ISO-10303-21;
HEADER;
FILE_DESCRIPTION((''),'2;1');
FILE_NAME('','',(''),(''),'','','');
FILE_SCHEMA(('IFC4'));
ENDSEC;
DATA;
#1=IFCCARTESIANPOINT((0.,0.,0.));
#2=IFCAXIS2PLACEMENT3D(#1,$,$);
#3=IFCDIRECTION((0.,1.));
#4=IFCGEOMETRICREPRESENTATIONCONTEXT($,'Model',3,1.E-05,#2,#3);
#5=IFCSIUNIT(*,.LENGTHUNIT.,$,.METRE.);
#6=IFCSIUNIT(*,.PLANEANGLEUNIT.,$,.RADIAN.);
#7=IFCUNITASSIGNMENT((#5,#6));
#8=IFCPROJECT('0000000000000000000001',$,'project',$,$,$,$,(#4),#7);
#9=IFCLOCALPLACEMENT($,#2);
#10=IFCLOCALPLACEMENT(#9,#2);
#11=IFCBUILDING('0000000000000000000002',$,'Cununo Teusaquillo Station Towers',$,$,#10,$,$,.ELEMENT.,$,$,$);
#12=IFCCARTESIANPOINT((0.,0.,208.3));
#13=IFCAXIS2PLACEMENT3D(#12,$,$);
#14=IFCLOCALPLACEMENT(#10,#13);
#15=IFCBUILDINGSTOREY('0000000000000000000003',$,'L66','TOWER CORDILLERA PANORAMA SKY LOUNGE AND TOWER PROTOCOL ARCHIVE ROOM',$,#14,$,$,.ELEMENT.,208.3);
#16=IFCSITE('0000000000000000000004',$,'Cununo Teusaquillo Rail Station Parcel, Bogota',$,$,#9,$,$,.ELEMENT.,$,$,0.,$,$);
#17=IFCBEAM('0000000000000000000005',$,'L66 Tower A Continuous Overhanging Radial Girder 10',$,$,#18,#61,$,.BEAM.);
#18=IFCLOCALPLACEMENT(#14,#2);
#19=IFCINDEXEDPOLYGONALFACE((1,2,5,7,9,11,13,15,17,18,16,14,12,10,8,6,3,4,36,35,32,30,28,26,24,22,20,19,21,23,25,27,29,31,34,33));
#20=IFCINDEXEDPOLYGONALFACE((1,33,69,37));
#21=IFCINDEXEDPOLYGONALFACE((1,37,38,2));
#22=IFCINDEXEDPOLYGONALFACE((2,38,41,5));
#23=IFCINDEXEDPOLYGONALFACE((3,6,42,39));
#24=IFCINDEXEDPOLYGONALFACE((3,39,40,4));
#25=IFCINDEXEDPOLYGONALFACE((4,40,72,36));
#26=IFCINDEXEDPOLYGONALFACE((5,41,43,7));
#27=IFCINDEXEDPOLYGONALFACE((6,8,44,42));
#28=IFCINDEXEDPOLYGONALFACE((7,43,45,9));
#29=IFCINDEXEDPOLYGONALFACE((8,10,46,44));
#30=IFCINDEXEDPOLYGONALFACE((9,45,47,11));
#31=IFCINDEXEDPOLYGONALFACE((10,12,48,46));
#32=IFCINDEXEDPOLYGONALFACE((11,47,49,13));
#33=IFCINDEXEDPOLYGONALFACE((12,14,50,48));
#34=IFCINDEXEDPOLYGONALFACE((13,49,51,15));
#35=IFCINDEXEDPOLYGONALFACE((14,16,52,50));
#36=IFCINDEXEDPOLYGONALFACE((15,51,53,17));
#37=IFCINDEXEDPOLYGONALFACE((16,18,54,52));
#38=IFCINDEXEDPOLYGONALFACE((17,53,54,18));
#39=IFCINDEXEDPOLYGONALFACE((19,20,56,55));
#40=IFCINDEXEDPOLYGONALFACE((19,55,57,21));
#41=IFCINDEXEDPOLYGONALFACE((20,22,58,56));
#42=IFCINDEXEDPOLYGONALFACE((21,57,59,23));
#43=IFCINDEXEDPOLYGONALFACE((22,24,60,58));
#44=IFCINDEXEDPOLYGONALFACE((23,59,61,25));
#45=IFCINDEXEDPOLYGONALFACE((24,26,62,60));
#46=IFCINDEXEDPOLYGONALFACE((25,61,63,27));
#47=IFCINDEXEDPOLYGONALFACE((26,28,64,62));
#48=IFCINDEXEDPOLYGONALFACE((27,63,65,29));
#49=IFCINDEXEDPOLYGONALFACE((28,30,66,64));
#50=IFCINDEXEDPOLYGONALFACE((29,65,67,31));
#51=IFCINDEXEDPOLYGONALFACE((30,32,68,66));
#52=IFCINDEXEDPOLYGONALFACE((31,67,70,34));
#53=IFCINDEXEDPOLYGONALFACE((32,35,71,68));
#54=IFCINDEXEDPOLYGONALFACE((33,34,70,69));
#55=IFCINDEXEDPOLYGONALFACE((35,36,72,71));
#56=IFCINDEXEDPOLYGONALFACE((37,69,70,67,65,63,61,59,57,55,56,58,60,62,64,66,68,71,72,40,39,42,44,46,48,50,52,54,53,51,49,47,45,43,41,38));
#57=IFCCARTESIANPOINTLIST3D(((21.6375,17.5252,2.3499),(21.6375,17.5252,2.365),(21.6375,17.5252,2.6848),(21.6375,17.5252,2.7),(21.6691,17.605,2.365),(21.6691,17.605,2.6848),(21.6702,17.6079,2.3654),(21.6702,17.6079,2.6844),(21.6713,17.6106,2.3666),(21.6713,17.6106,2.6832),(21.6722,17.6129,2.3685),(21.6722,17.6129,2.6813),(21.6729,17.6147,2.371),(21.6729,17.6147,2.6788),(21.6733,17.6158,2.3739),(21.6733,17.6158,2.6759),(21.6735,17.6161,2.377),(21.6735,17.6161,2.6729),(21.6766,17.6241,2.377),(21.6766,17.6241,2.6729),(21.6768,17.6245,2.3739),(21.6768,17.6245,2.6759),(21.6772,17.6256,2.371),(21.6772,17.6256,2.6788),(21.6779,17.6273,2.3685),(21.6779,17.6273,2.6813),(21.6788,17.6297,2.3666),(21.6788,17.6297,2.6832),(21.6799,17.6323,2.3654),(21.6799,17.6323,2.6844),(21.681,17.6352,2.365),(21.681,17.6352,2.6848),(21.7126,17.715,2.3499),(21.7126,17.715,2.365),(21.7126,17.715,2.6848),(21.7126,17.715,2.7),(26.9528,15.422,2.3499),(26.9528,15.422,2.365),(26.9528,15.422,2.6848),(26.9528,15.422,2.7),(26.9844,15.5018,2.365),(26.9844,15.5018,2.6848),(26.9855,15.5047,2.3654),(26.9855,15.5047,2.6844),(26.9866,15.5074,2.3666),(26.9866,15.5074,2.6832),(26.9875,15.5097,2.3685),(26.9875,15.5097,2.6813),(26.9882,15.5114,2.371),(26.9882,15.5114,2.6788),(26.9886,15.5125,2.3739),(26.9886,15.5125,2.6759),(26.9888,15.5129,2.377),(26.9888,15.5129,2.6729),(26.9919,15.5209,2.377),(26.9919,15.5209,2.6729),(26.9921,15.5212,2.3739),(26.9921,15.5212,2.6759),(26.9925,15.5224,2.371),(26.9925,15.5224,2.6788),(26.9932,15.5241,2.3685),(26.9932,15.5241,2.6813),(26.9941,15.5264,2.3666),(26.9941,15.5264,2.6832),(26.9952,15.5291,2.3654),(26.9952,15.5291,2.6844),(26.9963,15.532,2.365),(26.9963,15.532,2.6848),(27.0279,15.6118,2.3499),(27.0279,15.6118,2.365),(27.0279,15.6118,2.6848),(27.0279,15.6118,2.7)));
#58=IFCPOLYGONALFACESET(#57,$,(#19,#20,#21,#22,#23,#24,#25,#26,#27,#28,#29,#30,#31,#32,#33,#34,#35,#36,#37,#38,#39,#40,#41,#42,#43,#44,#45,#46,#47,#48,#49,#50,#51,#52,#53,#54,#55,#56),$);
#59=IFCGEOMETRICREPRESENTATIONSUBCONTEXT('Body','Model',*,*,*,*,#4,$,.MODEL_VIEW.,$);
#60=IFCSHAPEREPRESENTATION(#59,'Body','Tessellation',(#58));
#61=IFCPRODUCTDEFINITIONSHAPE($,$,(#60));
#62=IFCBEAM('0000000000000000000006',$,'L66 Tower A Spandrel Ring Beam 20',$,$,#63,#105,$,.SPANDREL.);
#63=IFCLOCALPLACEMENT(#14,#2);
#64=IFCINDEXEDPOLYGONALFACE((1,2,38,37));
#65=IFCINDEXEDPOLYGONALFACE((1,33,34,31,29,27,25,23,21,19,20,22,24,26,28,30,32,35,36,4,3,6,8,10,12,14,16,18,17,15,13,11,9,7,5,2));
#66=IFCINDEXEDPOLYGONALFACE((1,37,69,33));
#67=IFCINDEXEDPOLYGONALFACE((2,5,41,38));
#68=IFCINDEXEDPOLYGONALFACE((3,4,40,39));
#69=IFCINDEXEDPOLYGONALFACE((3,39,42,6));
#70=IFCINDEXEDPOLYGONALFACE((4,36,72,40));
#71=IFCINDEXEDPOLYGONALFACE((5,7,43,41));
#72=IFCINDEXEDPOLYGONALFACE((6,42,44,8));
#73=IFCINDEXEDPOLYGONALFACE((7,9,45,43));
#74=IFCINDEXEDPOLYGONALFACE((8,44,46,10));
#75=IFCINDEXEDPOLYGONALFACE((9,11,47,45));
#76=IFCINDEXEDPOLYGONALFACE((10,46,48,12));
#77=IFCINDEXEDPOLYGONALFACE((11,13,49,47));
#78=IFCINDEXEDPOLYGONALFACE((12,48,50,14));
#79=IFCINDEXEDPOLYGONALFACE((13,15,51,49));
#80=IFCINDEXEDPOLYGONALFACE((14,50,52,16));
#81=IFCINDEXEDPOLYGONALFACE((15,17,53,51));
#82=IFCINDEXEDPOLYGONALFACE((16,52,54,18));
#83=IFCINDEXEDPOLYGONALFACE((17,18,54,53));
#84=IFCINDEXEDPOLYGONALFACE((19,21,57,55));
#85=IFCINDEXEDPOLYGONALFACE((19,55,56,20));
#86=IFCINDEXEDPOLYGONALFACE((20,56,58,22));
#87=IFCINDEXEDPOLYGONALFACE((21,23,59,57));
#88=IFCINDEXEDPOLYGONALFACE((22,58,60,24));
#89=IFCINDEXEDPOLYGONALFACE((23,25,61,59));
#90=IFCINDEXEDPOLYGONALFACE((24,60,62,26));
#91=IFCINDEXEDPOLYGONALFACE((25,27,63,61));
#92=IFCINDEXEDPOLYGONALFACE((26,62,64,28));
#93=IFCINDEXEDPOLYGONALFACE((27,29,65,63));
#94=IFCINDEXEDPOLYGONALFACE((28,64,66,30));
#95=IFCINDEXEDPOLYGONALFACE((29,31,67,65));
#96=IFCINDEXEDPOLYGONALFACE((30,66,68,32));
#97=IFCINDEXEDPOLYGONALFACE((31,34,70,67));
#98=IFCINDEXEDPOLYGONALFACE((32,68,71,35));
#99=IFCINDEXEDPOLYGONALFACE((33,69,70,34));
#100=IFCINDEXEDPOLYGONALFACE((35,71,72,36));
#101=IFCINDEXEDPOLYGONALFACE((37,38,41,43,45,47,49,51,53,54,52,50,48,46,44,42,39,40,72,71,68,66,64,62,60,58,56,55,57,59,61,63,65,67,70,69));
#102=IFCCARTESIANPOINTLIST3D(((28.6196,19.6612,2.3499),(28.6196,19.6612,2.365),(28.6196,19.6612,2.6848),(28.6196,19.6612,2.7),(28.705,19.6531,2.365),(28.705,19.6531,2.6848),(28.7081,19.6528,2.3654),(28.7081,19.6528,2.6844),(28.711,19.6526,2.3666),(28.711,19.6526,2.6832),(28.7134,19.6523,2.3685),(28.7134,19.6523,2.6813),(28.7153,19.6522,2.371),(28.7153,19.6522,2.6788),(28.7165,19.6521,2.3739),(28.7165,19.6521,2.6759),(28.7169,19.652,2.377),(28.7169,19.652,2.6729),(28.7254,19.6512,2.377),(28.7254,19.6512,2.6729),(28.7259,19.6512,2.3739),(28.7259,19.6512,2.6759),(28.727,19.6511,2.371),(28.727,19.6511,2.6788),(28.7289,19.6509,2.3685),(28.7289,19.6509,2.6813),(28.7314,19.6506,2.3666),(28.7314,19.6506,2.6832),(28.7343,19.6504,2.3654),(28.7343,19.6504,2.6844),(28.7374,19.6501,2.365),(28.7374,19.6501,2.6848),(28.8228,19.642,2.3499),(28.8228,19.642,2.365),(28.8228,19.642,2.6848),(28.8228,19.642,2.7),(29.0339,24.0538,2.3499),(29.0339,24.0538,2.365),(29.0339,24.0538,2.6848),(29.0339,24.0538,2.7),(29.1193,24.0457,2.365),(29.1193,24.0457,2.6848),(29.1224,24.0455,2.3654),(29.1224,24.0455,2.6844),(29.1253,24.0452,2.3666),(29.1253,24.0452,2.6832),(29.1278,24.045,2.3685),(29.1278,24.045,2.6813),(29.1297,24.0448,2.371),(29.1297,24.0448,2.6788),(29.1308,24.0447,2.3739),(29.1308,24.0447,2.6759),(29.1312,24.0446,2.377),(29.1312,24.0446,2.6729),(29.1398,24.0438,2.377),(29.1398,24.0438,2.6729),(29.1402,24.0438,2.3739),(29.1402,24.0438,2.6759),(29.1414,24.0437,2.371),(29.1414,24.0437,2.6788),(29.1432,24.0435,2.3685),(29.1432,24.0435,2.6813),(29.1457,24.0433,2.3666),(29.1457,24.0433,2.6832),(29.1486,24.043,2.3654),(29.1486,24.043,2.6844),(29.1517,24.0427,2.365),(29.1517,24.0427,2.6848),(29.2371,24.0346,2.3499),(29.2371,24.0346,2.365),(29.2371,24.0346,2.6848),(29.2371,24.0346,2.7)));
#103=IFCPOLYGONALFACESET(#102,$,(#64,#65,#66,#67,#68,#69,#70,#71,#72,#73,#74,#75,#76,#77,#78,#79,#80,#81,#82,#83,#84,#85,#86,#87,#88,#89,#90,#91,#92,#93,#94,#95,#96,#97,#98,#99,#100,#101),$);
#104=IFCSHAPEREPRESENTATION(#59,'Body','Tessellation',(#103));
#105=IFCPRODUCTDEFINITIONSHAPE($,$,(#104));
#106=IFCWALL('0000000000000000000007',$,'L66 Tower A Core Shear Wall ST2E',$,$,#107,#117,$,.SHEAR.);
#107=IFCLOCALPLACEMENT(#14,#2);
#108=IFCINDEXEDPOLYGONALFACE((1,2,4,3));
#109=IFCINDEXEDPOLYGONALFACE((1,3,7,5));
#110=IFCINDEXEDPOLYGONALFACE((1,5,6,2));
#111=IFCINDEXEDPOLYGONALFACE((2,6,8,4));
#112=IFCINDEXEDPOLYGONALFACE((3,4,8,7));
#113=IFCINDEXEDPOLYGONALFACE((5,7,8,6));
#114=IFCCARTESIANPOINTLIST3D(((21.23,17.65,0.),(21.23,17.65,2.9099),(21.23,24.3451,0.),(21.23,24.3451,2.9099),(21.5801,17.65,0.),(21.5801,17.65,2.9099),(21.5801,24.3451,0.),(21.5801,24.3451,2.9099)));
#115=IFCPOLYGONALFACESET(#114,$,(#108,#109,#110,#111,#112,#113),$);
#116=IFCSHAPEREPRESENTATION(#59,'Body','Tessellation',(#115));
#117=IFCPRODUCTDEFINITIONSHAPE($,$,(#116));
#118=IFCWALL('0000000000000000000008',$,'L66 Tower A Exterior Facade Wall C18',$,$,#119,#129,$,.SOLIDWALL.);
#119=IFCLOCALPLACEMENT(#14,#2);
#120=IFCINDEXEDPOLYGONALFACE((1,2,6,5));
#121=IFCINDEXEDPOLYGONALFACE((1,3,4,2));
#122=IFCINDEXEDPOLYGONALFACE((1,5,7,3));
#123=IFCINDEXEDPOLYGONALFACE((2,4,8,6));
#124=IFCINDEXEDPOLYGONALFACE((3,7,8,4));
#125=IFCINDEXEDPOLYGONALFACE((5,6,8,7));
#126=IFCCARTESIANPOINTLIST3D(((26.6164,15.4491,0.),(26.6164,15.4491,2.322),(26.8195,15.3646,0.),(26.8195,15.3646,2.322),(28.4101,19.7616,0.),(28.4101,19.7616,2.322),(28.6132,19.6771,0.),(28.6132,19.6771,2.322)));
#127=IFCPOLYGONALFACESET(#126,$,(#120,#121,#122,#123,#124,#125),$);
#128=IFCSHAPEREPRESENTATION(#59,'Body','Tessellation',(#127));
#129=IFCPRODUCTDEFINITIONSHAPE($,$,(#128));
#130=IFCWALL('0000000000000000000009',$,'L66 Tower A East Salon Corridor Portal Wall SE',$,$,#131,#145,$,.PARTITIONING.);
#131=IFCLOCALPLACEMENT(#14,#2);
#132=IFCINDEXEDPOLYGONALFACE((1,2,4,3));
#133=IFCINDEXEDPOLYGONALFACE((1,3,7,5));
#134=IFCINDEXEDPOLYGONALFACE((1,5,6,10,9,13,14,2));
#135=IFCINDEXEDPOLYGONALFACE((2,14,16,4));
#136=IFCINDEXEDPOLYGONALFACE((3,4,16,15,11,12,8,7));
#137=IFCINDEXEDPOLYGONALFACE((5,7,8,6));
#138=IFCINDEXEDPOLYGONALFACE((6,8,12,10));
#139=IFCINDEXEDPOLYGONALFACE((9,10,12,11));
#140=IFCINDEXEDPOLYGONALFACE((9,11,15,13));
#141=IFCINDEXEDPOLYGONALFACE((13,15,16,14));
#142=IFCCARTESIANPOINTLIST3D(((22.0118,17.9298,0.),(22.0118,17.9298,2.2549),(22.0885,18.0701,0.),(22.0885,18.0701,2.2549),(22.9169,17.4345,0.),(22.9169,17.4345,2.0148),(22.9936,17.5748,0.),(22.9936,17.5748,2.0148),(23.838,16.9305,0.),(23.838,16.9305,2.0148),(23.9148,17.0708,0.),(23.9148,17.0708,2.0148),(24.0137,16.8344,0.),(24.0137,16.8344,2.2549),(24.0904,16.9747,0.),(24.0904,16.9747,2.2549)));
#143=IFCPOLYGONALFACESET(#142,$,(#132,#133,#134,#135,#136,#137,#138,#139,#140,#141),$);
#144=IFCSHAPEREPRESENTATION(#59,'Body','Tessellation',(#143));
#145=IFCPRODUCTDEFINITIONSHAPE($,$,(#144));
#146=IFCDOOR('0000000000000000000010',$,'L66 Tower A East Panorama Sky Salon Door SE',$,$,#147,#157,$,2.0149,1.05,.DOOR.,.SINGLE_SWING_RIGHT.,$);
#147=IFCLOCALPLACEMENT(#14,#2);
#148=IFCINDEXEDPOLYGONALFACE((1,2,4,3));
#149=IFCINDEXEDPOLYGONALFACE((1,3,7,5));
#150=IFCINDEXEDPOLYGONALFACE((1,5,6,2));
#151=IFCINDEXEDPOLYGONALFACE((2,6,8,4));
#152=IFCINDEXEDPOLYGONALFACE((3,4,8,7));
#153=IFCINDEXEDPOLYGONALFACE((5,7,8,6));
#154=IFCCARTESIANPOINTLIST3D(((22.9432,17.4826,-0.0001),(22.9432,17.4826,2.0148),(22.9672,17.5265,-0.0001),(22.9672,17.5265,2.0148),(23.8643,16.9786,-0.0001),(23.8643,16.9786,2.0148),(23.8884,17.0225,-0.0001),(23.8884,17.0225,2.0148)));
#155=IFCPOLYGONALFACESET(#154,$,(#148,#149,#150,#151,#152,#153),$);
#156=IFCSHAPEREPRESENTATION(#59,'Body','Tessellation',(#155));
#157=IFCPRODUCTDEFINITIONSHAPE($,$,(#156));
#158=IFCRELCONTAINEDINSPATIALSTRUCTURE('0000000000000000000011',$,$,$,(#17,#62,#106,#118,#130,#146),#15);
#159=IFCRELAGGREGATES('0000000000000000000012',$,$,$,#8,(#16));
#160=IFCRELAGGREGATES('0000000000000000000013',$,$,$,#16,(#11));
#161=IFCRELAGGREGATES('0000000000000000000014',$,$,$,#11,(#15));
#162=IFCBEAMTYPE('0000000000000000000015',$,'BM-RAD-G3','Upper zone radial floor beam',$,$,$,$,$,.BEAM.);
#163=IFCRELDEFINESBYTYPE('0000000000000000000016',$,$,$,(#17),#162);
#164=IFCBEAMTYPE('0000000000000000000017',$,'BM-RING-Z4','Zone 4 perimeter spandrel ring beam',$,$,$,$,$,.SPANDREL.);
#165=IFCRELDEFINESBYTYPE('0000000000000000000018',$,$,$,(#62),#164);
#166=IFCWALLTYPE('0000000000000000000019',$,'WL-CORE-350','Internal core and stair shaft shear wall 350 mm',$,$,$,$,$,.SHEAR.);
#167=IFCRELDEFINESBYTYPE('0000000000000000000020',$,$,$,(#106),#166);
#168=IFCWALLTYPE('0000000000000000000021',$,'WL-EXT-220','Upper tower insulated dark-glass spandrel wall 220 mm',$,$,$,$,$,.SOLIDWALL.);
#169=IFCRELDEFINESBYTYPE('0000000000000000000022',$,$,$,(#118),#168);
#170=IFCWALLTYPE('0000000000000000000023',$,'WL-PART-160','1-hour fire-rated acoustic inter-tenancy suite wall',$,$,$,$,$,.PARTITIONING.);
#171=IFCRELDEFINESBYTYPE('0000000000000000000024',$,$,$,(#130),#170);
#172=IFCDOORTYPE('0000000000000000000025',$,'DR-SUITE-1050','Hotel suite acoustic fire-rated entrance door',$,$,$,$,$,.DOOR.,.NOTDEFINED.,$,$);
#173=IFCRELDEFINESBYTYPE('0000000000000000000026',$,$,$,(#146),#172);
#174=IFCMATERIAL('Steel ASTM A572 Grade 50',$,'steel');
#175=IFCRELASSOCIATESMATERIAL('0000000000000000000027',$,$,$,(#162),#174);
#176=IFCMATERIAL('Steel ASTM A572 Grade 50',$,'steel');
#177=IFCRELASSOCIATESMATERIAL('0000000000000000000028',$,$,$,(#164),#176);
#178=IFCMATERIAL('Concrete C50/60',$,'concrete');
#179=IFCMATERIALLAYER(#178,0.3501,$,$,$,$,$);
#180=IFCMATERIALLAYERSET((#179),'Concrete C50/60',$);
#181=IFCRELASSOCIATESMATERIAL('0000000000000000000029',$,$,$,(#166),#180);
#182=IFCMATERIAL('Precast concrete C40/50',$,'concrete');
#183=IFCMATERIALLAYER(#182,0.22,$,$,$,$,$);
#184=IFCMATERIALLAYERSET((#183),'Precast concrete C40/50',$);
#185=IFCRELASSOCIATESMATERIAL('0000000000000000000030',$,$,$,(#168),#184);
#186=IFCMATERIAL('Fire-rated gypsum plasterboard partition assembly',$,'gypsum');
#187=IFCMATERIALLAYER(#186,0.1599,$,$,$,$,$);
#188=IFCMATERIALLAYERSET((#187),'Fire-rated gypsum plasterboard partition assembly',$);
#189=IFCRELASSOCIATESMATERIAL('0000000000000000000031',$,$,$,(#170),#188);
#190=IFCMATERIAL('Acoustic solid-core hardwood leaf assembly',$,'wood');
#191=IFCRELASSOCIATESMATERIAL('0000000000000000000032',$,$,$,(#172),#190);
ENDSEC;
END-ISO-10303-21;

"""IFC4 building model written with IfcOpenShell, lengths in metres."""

from ifc_helpers import new_model, si_unit, direction, frame, frame_2d, origin, origin_2d, place, context, subcontext, project, spatial, rectangle, i_section, extrude, source, transform, mapped, material, layer, layer_set, material_profile, profile_set, type_object, element, fill, save


model = new_model("IFC4")

# Units and contexts
model_context = context("Model", 3, precision=1e-05, world=origin(), true_north=direction((0.0, 1.0)))
body_context = subcontext(model_context, "Body", "Model", "MODEL_VIEW")
ifc_project = project(units=[si_unit("LENGTHUNIT", "METRE"), si_unit("PLANEANGLEUNIT", "RADIAN")], contexts=[model_context])

# Site, building, storey
site_placement = place(None, origin())
site = spatial("IfcSite", under=ifc_project, at=site_placement, Name="Cununo Teusaquillo Rail Station Parcel, Bogota", CompositionType="ELEMENT", RefElevation=0.0)
building_placement = place(site_placement, origin())
building = spatial("IfcBuilding", under=site, at=building_placement, Name="Cununo Teusaquillo Station Towers", CompositionType="ELEMENT")
storey_placement = place(building_placement, frame((0.0, 0.0, 208.3)))
storey = spatial("IfcBuildingStorey", under=building, at=storey_placement, Name="L66", Description="TOWER CORDILLERA PANORAMA SKY LOUNGE AND TOWER PROTOCOL ARCHIVE ROOM", CompositionType="ELEMENT", Elevation=208.3)

# Beams
ifc_material_1 = material(Name="Steel ASTM A572 Grade 50", Category="steel")
ifc_material_profile_1 = material_profile(ifc_material_1, i_section(OverallWidth=0.2041, OverallDepth=0.3501, WebThickness=0.0085, FlangeThickness=0.0151, FilletRadius=0.012, at=origin_2d()), Name="W14X48")
ifc_profile_set_1 = profile_set([ifc_material_profile_1], Name="Steel ASTM A572 Grade 50")
beam_type_1 = type_object("IfcBeamType", Name="BM-RAD-G3", Description="Upper zone radial floor beam", PredefinedType="BEAM", material=ifc_profile_set_1)
beam_1_placement = place(storey_placement, frame((21.675, 17.6201, 2.5249), z_axis=(0.929852, -0.367935, 0.0), x_axis=(0.367935, 0.929852, 0.0)))
element("IfcBeam", 1, at=beam_1_placement, inside=storey, type_object=beam_type_1, Name="L66 Tower A Continuous Overhanging Radial Girder 10", PredefinedType="BEAM", context=body_context, shape_type="SweptSolid", body=[
    extrude(i_section(OverallWidth=0.2041, OverallDepth=0.3501, WebThickness=0.0085, FlangeThickness=0.0151, FilletRadius=0.012, at=origin_2d()), origin(), (0.0, 0.0, 1.0), 5.7163),
])
ifc_material_2 = material(Name="Steel ASTM A572 Grade 50", Category="steel")
ifc_material_profile_2 = material_profile(ifc_material_2, i_section(OverallWidth=0.2041, OverallDepth=0.3501, WebThickness=0.0085, FlangeThickness=0.0151, FilletRadius=0.012, at=origin_2d()), Name="W14X48")
ifc_profile_set_2 = profile_set([ifc_material_profile_2], Name="Steel ASTM A572 Grade 50")
beam_type_2 = type_object("IfcBeamType", Name="BM-RING-Z4", Description="Zone 4 perimeter spandrel ring beam", PredefinedType="SPANDREL", material=ifc_profile_set_2)
beam_2_placement = place(storey_placement, frame((28.7212, 19.6516, 2.5249), z_axis=(0.093903, 0.995581, 0.0), x_axis=(-0.995581, 0.093903, 0.0)))
element("IfcBeam", 2, at=beam_2_placement, inside=storey, type_object=beam_type_2, Name="L66 Tower A Spandrel Ring Beam 20", PredefinedType="SPANDREL", context=body_context, shape_type="SweptSolid", body=[
    extrude(i_section(OverallWidth=0.2041, OverallDepth=0.3501, WebThickness=0.0085, FlangeThickness=0.0151, FilletRadius=0.012, at=origin_2d()), origin(), (0.0, 0.0, 1.0), 4.4121),
])

# Walls
ifc_material_3 = material(Name="Concrete C50/60", Category="concrete")
ifc_layer_1 = layer(ifc_material_3, 0.3501)
ifc_layer_set_1 = layer_set([ifc_layer_1], Name="Concrete C50/60")
wall_type_1 = type_object("IfcWallType", Name="WL-CORE-350", Description="Internal core and stair shaft shear wall 350 mm", PredefinedType="SHEAR", material=ifc_layer_set_1)
wall_1_placement = place(storey_placement, frame((21.405, 17.6499, 0.0), z_axis=(0.0, 0.0, 1.0), x_axis=(0.0, 1.0, 0.0)))
element("IfcWall", 3, at=wall_1_placement, inside=storey, type_object=wall_type_1, Name="L66 Tower A Core Shear Wall ST2E", PredefinedType="SHEAR", context=body_context, shape_type="SweptSolid", body=[
    extrude(rectangle(XDim=6.6951, YDim=0.3501, at=frame_2d((3.3477, 0.0))), origin(), (0.0, 0.0, 1.0), 2.9099),
])
ifc_material_4 = material(Name="Precast concrete C40/50", Category="concrete")
ifc_layer_2 = layer(ifc_material_4, 0.22)
ifc_layer_set_2 = layer_set([ifc_layer_2], Name="Precast concrete C40/50")
wall_type_2 = type_object("IfcWallType", Name="WL-EXT-220", Description="Upper tower insulated dark-glass spandrel wall 220 mm", PredefinedType="SOLIDWALL", material=ifc_layer_set_2)
wall_2_placement = place(storey_placement, frame((28.5117, 19.7195, 0.0), z_axis=(0.0, 0.0, 1.0), x_axis=(-0.384036, -0.923318, 0.0)))
element("IfcWall", 4, at=wall_2_placement, inside=storey, type_object=wall_type_2, Name="L66 Tower A Exterior Facade Wall C18", PredefinedType="SOLIDWALL", context=body_context, shape_type="SweptSolid", body=[
    extrude(rectangle(XDim=4.6707, YDim=0.22, at=frame_2d((2.3354, 0.0))), origin(), (0.0, 0.0, 1.0), 2.322),
])

# Wall, opening, door
ifc_material_5 = material(Name="Fire-rated gypsum plasterboard partition assembly", Category="gypsum")
ifc_layer_3 = layer(ifc_material_5, 0.1599)
ifc_layer_set_3 = layer_set([ifc_layer_3], Name="Fire-rated gypsum plasterboard partition assembly")
wall_type_3 = type_object("IfcWallType", Name="WL-PART-160", Description="1-hour fire-rated acoustic inter-tenancy suite wall", PredefinedType="PARTITIONING", material=ifc_layer_set_3)
wall_3_placement = place(storey_placement, frame((22.05, 18.0, 0.0), z_axis=(0.0, 0.0, 1.0), x_axis=(0.877253, -0.480029, 0.0)))
wall_3 = element("IfcWall", 5, at=wall_3_placement, inside=storey, type_object=wall_type_3, Name="L66 Tower A East Salon Corridor Portal Wall SE", PredefinedType="PARTITIONING", context=body_context, shape_type="SweptSolid", body=[
    extrude(rectangle(XDim=2.282, YDim=0.1599, at=frame_2d((1.1411, 0.0))), origin(), (0.0, 0.0, 1.0), 2.2549),
])
shared_shape_1 = source(origin(), body_context, "Body", "SweptSolid", [
    extrude(rectangle(XDim=1.05, YDim=2.0149, at=frame_2d((0.5249, 1.0073))), frame((0.0, 0.0898, 0.0), z_axis=(0.0, -1.0, 0.0), x_axis=(1.0, 0.0, 0.0)), (0.0, 0.0, 1.0), 0.1799),
])
opening_placement = place(wall_3_placement, frame((1.032, 0.0, 0.0)))
opening = element("IfcOpeningElement", 6, at=opening_placement, cuts=wall_3, PredefinedType="OPENING", context=body_context, shape_type="MappedRepresentation", body=[
    mapped(shared_shape_1, transform((0.0, 0.0, 0.0), x_axis=(1.0, 0.0, 0.0), y_axis=(0.0, 1.0, 0.0), z_axis=(0.0, 0.0, 1.0), scale=1.0)),
])
ifc_material_6 = material(Name="Acoustic solid-core hardwood leaf assembly", Category="wood")
door_type = type_object("IfcDoorType", Name="DR-SUITE-1050", Description="Hotel suite acoustic fire-rated entrance door", OperationType="NOTDEFINED", PredefinedType="DOOR", material=ifc_material_6)
shared_shape_2 = source(origin(), body_context, "Body", "SweptSolid", [
    extrude(rectangle(XDim=1.05, YDim=2.0149, at=frame_2d((0.5249, 1.0073))), frame((0.0, 0.0249, 0.0), z_axis=(0.0, -1.0, 0.0), x_axis=(1.0, 0.0, 0.0)), (0.0, 0.0, 1.0), 0.05),
])
door_placement = place(opening_placement, origin())
door = element("IfcDoor", 7, at=door_placement, inside=storey, type_object=door_type, Name="L66 Tower A East Panorama Sky Salon Door SE", OperationType="SINGLE_SWING_RIGHT", OverallHeight=2.0149, OverallWidth=1.05, PredefinedType="DOOR", context=body_context, shape_type="MappedRepresentation", body=[
    mapped(shared_shape_2, transform((0.0, 0.0, 0.0), x_axis=(1.0, 0.0, 0.0), y_axis=(0.0, 1.0, 0.0), z_axis=(0.0, 0.0, 1.0), scale=1.0)),
])
fill(opening, door)

save(model, "model.ifc")
